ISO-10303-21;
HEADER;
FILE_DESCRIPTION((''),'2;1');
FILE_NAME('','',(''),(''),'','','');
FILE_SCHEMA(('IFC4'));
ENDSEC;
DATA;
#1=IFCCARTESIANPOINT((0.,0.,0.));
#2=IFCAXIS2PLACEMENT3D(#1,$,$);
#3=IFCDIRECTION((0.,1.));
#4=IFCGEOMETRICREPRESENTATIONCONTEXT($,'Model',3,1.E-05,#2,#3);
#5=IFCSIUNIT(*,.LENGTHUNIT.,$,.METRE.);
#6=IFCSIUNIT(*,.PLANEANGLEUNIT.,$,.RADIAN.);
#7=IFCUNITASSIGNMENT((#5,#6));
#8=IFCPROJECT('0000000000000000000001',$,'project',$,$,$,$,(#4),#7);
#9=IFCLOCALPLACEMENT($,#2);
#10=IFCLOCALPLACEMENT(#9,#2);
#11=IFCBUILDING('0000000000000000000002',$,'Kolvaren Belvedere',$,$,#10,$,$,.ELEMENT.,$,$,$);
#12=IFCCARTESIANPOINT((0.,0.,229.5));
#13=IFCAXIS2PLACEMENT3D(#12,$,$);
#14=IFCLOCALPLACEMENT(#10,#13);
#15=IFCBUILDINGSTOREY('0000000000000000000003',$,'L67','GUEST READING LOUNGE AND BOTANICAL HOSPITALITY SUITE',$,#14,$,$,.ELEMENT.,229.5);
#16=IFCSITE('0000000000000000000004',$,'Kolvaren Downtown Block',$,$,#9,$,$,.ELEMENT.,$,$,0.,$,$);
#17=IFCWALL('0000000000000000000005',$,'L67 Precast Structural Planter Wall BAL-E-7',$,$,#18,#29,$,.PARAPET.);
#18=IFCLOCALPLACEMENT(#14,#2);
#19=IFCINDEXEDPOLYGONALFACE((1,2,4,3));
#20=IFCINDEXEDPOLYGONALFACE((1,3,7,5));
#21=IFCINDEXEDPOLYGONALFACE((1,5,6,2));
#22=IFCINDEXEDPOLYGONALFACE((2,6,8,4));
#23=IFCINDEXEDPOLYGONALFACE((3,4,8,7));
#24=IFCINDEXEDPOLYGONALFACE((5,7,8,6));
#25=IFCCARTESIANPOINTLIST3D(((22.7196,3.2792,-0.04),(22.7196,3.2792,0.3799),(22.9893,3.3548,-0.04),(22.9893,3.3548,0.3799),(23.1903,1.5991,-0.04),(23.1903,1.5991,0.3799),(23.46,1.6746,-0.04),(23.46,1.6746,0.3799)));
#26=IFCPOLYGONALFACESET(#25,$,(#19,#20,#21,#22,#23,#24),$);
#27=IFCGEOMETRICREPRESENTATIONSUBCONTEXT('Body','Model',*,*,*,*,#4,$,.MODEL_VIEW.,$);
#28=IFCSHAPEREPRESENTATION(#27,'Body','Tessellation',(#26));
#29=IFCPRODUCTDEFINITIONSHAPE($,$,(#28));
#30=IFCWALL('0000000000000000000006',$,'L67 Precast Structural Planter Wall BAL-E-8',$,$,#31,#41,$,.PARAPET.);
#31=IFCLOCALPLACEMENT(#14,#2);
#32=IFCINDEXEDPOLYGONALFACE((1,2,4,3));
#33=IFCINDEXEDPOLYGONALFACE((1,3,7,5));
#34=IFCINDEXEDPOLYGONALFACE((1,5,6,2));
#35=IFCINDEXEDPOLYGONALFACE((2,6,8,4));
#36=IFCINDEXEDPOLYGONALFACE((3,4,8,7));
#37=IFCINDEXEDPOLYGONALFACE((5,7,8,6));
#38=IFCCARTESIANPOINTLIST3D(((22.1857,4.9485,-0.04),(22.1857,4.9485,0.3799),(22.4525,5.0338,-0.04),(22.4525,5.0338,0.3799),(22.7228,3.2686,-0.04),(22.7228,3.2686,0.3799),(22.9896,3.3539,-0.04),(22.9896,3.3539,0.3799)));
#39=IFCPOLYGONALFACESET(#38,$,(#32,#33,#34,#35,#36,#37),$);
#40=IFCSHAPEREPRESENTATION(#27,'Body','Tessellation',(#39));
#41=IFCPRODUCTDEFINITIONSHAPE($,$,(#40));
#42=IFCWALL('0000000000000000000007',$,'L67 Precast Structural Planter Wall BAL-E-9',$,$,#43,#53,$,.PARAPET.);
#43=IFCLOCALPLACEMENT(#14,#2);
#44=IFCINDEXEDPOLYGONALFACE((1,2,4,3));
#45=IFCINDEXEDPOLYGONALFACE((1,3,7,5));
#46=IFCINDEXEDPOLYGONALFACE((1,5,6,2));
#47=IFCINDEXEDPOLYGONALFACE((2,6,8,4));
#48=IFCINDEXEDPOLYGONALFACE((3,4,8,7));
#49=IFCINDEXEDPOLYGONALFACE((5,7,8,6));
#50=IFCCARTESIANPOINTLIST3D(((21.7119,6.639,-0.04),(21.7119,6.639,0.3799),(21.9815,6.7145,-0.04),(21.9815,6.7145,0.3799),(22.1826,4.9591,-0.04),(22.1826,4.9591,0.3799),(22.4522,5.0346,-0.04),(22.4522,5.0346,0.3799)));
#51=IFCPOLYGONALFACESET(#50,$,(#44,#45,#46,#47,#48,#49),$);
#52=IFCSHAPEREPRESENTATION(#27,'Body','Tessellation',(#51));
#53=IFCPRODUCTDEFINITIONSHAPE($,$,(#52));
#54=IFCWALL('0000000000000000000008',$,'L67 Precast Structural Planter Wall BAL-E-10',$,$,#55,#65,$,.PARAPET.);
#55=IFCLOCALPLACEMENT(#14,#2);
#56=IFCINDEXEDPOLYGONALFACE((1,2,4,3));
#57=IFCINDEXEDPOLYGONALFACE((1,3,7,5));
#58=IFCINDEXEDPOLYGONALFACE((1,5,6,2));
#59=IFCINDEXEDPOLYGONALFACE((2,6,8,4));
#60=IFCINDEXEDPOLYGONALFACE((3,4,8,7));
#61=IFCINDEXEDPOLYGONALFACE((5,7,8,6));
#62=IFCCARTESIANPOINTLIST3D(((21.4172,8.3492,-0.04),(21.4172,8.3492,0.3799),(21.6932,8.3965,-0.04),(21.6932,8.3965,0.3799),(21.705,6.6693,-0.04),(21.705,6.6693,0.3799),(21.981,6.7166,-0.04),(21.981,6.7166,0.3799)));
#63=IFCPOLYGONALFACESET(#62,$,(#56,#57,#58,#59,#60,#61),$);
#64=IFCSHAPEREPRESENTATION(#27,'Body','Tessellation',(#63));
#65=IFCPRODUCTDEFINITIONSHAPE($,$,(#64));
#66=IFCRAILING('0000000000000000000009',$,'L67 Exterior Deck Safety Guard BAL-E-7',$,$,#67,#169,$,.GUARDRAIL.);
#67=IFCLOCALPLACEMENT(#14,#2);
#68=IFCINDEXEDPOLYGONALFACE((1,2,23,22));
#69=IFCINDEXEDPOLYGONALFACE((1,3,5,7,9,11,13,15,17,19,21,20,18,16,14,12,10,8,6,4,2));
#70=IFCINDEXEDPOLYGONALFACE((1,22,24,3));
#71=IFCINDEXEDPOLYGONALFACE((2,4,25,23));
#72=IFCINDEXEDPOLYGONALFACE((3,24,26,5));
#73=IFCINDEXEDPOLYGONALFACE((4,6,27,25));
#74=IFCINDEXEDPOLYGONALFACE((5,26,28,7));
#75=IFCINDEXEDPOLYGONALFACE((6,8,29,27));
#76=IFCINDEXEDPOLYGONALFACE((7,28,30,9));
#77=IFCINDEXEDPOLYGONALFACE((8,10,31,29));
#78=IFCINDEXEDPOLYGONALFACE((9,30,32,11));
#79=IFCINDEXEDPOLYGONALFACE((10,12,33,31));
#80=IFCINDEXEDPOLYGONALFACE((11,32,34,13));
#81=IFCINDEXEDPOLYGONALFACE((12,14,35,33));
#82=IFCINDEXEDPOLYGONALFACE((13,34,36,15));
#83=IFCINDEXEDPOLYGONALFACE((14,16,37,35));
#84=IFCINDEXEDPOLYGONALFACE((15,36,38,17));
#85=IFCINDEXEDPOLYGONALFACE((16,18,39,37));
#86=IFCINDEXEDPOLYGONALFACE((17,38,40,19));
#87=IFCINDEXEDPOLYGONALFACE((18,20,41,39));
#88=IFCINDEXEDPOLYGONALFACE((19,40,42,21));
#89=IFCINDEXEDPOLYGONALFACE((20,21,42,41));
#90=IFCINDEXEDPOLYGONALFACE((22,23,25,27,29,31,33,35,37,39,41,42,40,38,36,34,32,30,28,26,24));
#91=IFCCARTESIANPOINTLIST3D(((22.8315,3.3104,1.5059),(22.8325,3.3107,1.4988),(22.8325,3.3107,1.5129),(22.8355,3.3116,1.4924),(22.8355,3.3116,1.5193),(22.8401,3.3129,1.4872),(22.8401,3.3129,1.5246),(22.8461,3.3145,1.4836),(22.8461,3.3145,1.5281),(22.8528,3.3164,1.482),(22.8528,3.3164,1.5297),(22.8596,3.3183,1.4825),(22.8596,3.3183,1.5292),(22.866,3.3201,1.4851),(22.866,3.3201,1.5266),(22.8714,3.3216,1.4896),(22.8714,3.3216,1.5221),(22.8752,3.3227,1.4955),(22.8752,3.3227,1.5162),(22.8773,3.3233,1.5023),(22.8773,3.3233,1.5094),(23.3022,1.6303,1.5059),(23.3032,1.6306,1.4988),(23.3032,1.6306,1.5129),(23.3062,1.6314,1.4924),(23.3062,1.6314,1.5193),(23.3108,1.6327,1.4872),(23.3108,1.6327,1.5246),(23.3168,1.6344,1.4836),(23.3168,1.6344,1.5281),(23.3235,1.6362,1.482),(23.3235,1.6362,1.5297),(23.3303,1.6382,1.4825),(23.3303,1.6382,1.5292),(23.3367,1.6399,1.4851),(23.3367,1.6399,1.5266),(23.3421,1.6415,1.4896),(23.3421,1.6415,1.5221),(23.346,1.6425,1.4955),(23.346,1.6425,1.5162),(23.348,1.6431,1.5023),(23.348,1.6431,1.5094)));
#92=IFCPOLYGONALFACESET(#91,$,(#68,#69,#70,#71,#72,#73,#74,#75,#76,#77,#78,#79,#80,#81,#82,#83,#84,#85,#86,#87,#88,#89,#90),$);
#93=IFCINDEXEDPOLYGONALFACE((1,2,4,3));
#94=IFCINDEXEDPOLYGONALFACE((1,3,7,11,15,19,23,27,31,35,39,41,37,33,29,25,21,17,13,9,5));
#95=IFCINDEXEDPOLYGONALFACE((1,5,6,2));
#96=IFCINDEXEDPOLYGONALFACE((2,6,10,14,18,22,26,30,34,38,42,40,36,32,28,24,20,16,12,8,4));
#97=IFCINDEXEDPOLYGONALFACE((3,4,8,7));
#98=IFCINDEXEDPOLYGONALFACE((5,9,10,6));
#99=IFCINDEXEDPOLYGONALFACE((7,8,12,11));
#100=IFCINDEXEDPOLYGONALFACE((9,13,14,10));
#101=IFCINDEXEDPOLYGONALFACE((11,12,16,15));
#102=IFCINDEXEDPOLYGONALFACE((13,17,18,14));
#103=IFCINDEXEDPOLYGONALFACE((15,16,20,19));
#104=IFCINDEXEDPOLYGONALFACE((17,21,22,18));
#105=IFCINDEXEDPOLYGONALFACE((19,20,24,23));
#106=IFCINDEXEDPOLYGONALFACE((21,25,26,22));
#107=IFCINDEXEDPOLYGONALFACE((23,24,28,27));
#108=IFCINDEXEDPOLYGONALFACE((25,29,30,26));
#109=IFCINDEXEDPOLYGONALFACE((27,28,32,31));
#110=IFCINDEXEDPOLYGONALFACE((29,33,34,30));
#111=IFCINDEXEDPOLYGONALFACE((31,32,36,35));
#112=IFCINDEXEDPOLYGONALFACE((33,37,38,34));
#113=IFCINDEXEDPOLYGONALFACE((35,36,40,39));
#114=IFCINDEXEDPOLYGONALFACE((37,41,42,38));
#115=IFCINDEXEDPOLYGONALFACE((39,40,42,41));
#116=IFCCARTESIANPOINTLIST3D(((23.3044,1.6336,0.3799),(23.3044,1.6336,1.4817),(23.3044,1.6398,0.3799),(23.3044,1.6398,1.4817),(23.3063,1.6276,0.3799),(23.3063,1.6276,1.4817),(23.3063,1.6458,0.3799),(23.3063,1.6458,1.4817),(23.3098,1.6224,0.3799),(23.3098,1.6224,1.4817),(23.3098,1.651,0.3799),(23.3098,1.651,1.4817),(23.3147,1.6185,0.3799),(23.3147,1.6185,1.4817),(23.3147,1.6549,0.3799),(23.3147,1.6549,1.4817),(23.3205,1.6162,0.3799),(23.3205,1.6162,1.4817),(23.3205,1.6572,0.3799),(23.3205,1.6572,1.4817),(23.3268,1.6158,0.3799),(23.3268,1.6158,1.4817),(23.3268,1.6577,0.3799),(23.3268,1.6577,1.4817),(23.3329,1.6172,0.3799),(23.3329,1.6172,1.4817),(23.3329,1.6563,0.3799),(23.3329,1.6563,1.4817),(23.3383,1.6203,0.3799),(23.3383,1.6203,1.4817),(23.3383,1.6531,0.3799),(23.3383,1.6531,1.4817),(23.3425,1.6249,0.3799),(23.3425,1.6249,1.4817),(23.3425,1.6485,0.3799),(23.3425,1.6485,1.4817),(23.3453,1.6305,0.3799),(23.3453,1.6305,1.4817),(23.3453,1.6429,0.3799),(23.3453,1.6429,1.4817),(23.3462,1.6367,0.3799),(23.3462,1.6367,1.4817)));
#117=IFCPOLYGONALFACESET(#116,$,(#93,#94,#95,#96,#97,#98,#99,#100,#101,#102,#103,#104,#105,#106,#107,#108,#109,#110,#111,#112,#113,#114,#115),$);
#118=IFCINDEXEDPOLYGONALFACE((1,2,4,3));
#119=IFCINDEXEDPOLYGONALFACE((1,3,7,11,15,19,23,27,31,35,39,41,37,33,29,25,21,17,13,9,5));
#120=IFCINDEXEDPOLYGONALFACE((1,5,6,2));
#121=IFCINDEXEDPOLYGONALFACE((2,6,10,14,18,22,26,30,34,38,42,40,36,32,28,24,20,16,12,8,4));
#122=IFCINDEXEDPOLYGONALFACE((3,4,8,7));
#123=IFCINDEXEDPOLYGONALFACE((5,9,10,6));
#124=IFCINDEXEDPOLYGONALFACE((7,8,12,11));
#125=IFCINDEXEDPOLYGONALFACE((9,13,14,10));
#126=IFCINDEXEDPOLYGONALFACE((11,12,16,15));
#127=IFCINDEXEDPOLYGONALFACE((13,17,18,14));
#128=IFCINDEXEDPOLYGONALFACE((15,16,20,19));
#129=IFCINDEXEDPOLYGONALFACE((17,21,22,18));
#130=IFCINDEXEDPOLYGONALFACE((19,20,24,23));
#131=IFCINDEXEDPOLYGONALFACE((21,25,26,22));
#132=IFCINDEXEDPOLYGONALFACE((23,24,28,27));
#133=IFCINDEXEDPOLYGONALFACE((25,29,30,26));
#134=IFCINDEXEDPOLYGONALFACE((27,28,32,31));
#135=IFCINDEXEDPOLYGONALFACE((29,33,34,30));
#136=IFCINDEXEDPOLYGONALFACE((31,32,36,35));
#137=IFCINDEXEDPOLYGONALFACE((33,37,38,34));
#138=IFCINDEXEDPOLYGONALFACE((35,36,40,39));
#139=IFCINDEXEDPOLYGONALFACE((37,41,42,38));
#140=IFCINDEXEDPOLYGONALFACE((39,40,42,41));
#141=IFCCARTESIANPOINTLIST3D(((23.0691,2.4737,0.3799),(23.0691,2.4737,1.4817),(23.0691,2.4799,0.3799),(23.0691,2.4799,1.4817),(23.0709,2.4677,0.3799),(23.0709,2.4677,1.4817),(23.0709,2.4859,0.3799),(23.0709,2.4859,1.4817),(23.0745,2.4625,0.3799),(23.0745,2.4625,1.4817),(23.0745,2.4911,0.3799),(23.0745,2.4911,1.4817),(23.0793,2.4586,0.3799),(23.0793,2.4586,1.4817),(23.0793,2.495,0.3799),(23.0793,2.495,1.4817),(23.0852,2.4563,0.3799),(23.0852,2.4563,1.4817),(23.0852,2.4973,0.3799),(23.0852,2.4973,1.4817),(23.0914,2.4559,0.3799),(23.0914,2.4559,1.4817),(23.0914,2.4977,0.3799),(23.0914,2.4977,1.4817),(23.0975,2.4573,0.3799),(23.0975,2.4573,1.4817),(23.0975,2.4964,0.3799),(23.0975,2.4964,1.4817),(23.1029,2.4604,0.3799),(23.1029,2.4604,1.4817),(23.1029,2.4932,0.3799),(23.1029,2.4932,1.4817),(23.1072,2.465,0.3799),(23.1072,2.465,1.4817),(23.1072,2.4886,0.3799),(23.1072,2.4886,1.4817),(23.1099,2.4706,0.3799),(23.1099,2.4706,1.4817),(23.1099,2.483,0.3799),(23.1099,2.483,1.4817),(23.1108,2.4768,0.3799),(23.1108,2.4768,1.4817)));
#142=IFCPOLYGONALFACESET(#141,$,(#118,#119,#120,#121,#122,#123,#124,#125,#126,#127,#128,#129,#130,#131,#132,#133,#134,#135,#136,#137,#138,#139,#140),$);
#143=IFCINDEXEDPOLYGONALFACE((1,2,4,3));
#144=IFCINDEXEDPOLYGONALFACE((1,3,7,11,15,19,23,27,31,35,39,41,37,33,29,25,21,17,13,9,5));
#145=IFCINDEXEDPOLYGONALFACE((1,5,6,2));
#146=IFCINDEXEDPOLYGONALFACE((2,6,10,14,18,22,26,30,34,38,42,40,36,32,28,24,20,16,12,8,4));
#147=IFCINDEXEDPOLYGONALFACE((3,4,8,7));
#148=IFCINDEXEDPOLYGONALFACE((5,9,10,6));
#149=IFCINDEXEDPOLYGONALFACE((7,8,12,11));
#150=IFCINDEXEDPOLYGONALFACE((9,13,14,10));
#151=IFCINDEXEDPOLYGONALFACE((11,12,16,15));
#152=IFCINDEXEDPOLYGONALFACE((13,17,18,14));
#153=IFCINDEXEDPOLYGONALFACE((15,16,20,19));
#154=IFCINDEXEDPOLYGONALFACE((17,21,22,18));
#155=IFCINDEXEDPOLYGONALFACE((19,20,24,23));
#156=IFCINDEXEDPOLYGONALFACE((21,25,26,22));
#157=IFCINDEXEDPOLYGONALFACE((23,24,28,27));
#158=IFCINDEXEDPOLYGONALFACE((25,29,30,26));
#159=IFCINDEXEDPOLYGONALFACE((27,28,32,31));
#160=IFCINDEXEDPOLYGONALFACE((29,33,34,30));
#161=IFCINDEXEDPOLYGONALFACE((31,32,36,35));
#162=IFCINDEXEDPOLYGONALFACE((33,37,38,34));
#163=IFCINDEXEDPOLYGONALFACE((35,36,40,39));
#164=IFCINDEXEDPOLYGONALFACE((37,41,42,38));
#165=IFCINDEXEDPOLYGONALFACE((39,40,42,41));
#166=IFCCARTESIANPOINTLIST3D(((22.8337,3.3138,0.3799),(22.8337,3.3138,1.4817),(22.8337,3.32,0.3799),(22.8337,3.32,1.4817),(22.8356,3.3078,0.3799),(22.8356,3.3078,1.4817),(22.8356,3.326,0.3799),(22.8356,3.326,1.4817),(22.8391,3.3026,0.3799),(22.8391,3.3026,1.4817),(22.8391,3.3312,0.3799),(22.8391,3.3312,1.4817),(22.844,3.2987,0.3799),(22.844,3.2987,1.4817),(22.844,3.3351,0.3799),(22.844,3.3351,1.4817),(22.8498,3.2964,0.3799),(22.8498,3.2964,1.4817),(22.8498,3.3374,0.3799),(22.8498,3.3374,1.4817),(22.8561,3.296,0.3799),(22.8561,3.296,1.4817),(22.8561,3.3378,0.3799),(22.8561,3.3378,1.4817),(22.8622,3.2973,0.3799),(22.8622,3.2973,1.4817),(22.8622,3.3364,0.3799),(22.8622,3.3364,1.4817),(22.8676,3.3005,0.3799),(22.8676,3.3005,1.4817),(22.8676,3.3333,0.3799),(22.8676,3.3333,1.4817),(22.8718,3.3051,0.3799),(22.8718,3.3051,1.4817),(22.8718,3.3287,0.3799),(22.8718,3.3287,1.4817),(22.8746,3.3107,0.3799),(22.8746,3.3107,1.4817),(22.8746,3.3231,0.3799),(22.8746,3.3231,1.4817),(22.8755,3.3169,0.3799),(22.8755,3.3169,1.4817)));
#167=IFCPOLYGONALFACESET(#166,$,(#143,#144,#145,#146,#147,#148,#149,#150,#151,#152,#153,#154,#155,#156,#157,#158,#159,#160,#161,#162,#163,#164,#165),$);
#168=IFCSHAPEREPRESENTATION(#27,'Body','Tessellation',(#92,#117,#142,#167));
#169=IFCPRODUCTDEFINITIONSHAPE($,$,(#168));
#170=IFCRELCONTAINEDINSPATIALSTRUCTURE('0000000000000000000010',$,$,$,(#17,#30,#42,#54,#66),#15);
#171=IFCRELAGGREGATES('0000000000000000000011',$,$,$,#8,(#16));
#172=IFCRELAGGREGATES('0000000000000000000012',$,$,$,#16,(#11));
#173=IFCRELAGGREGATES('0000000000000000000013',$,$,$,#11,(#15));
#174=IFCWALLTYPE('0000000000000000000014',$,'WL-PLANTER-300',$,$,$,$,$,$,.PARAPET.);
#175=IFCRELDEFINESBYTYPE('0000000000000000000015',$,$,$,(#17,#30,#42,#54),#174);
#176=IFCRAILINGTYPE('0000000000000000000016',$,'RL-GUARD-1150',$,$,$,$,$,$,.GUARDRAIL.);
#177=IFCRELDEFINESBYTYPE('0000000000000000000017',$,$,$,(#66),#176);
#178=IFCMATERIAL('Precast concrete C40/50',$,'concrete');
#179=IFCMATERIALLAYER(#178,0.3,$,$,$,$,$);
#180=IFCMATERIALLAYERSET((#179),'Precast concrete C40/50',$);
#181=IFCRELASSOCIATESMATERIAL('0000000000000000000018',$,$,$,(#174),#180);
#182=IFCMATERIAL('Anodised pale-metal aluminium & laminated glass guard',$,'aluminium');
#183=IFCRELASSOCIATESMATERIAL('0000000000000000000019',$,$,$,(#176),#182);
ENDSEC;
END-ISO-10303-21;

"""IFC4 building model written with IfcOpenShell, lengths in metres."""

from ifc_helpers import new_model, si_unit, direction, frame, frame_2d, origin, origin_2d, place, context, subcontext, project, spatial, rectangle, circle, extrude, material, layer, layer_set, type_object, element, save


model = new_model("IFC4")

# Units and contexts
model_context = context("Model", 3, precision=1e-05, world=origin(), true_north=direction((0.0, 1.0)))
body_context = subcontext(model_context, "Body", "Model", "MODEL_VIEW")
ifc_project = project(units=[si_unit("LENGTHUNIT", "METRE"), si_unit("PLANEANGLEUNIT", "RADIAN")], contexts=[model_context])

# Site, building, storey
site_placement = place(None, origin())
site = spatial("IfcSite", under=ifc_project, at=site_placement, Name="Kolvaren Downtown Block", CompositionType="ELEMENT", RefElevation=0.0)
building_placement = place(site_placement, origin())
building = spatial("IfcBuilding", under=site, at=building_placement, Name="Kolvaren Belvedere", CompositionType="ELEMENT")
storey_placement = place(building_placement, frame((0.0, 0.0, 229.5)))
storey = spatial("IfcBuildingStorey", under=building, at=storey_placement, Name="L67", Description="GUEST READING LOUNGE AND BOTANICAL HOSPITALITY SUITE", CompositionType="ELEMENT", Elevation=229.5)

# Walls
ifc_material_1 = material(Name="Precast concrete C40/50", Category="concrete")
ifc_layer_1 = layer(ifc_material_1, 0.3)
ifc_layer_set_1 = layer_set([ifc_layer_1], Name="Precast concrete C40/50")
wall_type_1 = type_object("IfcWallType", Name="WL-PLANTER-300", PredefinedType="PARAPET", material=ifc_layer_set_1)
wall_1_placement = place(storey_placement, frame((23.3252, 1.6367, -0.04), z_axis=(0.0, 0.0, 1.0), x_axis=(-0.269765, 0.962926, 0.0)))
element("IfcWall", 1, at=wall_1_placement, inside=storey, type_object=wall_type_1, Name="L67 Precast Structural Planter Wall BAL-E-7", PredefinedType="PARAPET", context=body_context, shape_type="SweptSolid", body=[
    extrude(rectangle(XDim=1.7449, YDim=0.28, at=frame_2d((0.8726, 0.0))), origin(), (0.0, 0.0, 1.0), 0.4199),
])
wall_2_placement = place(storey_placement, frame((22.8562, 3.3113, -0.04), z_axis=(0.0, 0.0, 1.0), x_axis=(-0.304535, 0.952501, 0.0)))
element("IfcWall", 2, at=wall_2_placement, inside=storey, type_object=wall_type_1, Name="L67 Precast Structural Planter Wall BAL-E-8", PredefinedType="PARAPET", context=body_context, shape_type="SweptSolid", body=[
    extrude(rectangle(XDim=1.7637, YDim=0.28, at=frame_2d((0.8818, 0.0))), origin(), (0.0, 0.0, 1.0), 0.4199),
])
wall_3_placement = place(storey_placement, frame((22.3174, 4.9968, -0.04), z_axis=(0.0, 0.0, 1.0), x_axis=(-0.269801, 0.962916, 0.0)))
element("IfcWall", 3, at=wall_3_placement, inside=storey, type_object=wall_type_1, Name="L67 Precast Structural Planter Wall BAL-E-9", PredefinedType="PARAPET", context=body_context, shape_type="SweptSolid", body=[
    extrude(rectangle(XDim=1.7446, YDim=0.28, at=frame_2d((0.8723, 0.0))), origin(), (0.0, 0.0, 1.0), 0.4199),
])
wall_4_placement = place(storey_placement, frame((21.843, 6.6931, -0.04), z_axis=(0.0, 0.0, 1.0), x_axis=(-0.16888, 0.985637, 0.0)))
element("IfcWall", 4, at=wall_4_placement, inside=storey, type_object=wall_type_1, Name="L67 Precast Structural Planter Wall BAL-E-10", PredefinedType="PARAPET", context=body_context, shape_type="SweptSolid", body=[
    extrude(rectangle(XDim=1.7043, YDim=0.28, at=frame_2d((0.8521, 0.0))), origin(), (0.0, 0.0, 1.0), 0.4199),
])

# Railing
ifc_material_2 = material(Name="Anodised pale-metal aluminium & laminated glass guard", Category="aluminium")
railing_type = type_object("IfcRailingType", Name="RL-GUARD-1150", PredefinedType="GUARDRAIL", material=ifc_material_2)
railing_1_placement = place(storey_placement, frame((23.3252, 1.6367, 0.3799)))
element("IfcRailing", 5, at=railing_1_placement, inside=storey, type_object=railing_type, Name="L67 Exterior Deck Safety Guard BAL-E-7", PredefinedType="GUARDRAIL", context=body_context, shape_type="SweptSolid", body=[
    extrude(circle(Radius=0.0239, at=origin_2d()), frame((0.0, 0.0, 1.126), z_axis=(-0.269765, 0.962926, 0.0), x_axis=(-0.962926, -0.269765, 0.0)), (0.0, 0.0, 1.0), 1.7449),
    extrude(circle(Radius=0.021, at=origin_2d()), origin(), (0.0, 0.0, 1.0), 1.1018),
    extrude(circle(Radius=0.021, at=origin_2d()), frame((-0.2354, 0.8401, 0.0)), (0.0, 0.0, 1.0), 1.1018),
    extrude(circle(Radius=0.021, at=origin_2d()), frame((-0.4707, 1.6802, 0.0)), (0.0, 0.0, 1.0), 1.1018),
])

save(model, "model.ifc")
